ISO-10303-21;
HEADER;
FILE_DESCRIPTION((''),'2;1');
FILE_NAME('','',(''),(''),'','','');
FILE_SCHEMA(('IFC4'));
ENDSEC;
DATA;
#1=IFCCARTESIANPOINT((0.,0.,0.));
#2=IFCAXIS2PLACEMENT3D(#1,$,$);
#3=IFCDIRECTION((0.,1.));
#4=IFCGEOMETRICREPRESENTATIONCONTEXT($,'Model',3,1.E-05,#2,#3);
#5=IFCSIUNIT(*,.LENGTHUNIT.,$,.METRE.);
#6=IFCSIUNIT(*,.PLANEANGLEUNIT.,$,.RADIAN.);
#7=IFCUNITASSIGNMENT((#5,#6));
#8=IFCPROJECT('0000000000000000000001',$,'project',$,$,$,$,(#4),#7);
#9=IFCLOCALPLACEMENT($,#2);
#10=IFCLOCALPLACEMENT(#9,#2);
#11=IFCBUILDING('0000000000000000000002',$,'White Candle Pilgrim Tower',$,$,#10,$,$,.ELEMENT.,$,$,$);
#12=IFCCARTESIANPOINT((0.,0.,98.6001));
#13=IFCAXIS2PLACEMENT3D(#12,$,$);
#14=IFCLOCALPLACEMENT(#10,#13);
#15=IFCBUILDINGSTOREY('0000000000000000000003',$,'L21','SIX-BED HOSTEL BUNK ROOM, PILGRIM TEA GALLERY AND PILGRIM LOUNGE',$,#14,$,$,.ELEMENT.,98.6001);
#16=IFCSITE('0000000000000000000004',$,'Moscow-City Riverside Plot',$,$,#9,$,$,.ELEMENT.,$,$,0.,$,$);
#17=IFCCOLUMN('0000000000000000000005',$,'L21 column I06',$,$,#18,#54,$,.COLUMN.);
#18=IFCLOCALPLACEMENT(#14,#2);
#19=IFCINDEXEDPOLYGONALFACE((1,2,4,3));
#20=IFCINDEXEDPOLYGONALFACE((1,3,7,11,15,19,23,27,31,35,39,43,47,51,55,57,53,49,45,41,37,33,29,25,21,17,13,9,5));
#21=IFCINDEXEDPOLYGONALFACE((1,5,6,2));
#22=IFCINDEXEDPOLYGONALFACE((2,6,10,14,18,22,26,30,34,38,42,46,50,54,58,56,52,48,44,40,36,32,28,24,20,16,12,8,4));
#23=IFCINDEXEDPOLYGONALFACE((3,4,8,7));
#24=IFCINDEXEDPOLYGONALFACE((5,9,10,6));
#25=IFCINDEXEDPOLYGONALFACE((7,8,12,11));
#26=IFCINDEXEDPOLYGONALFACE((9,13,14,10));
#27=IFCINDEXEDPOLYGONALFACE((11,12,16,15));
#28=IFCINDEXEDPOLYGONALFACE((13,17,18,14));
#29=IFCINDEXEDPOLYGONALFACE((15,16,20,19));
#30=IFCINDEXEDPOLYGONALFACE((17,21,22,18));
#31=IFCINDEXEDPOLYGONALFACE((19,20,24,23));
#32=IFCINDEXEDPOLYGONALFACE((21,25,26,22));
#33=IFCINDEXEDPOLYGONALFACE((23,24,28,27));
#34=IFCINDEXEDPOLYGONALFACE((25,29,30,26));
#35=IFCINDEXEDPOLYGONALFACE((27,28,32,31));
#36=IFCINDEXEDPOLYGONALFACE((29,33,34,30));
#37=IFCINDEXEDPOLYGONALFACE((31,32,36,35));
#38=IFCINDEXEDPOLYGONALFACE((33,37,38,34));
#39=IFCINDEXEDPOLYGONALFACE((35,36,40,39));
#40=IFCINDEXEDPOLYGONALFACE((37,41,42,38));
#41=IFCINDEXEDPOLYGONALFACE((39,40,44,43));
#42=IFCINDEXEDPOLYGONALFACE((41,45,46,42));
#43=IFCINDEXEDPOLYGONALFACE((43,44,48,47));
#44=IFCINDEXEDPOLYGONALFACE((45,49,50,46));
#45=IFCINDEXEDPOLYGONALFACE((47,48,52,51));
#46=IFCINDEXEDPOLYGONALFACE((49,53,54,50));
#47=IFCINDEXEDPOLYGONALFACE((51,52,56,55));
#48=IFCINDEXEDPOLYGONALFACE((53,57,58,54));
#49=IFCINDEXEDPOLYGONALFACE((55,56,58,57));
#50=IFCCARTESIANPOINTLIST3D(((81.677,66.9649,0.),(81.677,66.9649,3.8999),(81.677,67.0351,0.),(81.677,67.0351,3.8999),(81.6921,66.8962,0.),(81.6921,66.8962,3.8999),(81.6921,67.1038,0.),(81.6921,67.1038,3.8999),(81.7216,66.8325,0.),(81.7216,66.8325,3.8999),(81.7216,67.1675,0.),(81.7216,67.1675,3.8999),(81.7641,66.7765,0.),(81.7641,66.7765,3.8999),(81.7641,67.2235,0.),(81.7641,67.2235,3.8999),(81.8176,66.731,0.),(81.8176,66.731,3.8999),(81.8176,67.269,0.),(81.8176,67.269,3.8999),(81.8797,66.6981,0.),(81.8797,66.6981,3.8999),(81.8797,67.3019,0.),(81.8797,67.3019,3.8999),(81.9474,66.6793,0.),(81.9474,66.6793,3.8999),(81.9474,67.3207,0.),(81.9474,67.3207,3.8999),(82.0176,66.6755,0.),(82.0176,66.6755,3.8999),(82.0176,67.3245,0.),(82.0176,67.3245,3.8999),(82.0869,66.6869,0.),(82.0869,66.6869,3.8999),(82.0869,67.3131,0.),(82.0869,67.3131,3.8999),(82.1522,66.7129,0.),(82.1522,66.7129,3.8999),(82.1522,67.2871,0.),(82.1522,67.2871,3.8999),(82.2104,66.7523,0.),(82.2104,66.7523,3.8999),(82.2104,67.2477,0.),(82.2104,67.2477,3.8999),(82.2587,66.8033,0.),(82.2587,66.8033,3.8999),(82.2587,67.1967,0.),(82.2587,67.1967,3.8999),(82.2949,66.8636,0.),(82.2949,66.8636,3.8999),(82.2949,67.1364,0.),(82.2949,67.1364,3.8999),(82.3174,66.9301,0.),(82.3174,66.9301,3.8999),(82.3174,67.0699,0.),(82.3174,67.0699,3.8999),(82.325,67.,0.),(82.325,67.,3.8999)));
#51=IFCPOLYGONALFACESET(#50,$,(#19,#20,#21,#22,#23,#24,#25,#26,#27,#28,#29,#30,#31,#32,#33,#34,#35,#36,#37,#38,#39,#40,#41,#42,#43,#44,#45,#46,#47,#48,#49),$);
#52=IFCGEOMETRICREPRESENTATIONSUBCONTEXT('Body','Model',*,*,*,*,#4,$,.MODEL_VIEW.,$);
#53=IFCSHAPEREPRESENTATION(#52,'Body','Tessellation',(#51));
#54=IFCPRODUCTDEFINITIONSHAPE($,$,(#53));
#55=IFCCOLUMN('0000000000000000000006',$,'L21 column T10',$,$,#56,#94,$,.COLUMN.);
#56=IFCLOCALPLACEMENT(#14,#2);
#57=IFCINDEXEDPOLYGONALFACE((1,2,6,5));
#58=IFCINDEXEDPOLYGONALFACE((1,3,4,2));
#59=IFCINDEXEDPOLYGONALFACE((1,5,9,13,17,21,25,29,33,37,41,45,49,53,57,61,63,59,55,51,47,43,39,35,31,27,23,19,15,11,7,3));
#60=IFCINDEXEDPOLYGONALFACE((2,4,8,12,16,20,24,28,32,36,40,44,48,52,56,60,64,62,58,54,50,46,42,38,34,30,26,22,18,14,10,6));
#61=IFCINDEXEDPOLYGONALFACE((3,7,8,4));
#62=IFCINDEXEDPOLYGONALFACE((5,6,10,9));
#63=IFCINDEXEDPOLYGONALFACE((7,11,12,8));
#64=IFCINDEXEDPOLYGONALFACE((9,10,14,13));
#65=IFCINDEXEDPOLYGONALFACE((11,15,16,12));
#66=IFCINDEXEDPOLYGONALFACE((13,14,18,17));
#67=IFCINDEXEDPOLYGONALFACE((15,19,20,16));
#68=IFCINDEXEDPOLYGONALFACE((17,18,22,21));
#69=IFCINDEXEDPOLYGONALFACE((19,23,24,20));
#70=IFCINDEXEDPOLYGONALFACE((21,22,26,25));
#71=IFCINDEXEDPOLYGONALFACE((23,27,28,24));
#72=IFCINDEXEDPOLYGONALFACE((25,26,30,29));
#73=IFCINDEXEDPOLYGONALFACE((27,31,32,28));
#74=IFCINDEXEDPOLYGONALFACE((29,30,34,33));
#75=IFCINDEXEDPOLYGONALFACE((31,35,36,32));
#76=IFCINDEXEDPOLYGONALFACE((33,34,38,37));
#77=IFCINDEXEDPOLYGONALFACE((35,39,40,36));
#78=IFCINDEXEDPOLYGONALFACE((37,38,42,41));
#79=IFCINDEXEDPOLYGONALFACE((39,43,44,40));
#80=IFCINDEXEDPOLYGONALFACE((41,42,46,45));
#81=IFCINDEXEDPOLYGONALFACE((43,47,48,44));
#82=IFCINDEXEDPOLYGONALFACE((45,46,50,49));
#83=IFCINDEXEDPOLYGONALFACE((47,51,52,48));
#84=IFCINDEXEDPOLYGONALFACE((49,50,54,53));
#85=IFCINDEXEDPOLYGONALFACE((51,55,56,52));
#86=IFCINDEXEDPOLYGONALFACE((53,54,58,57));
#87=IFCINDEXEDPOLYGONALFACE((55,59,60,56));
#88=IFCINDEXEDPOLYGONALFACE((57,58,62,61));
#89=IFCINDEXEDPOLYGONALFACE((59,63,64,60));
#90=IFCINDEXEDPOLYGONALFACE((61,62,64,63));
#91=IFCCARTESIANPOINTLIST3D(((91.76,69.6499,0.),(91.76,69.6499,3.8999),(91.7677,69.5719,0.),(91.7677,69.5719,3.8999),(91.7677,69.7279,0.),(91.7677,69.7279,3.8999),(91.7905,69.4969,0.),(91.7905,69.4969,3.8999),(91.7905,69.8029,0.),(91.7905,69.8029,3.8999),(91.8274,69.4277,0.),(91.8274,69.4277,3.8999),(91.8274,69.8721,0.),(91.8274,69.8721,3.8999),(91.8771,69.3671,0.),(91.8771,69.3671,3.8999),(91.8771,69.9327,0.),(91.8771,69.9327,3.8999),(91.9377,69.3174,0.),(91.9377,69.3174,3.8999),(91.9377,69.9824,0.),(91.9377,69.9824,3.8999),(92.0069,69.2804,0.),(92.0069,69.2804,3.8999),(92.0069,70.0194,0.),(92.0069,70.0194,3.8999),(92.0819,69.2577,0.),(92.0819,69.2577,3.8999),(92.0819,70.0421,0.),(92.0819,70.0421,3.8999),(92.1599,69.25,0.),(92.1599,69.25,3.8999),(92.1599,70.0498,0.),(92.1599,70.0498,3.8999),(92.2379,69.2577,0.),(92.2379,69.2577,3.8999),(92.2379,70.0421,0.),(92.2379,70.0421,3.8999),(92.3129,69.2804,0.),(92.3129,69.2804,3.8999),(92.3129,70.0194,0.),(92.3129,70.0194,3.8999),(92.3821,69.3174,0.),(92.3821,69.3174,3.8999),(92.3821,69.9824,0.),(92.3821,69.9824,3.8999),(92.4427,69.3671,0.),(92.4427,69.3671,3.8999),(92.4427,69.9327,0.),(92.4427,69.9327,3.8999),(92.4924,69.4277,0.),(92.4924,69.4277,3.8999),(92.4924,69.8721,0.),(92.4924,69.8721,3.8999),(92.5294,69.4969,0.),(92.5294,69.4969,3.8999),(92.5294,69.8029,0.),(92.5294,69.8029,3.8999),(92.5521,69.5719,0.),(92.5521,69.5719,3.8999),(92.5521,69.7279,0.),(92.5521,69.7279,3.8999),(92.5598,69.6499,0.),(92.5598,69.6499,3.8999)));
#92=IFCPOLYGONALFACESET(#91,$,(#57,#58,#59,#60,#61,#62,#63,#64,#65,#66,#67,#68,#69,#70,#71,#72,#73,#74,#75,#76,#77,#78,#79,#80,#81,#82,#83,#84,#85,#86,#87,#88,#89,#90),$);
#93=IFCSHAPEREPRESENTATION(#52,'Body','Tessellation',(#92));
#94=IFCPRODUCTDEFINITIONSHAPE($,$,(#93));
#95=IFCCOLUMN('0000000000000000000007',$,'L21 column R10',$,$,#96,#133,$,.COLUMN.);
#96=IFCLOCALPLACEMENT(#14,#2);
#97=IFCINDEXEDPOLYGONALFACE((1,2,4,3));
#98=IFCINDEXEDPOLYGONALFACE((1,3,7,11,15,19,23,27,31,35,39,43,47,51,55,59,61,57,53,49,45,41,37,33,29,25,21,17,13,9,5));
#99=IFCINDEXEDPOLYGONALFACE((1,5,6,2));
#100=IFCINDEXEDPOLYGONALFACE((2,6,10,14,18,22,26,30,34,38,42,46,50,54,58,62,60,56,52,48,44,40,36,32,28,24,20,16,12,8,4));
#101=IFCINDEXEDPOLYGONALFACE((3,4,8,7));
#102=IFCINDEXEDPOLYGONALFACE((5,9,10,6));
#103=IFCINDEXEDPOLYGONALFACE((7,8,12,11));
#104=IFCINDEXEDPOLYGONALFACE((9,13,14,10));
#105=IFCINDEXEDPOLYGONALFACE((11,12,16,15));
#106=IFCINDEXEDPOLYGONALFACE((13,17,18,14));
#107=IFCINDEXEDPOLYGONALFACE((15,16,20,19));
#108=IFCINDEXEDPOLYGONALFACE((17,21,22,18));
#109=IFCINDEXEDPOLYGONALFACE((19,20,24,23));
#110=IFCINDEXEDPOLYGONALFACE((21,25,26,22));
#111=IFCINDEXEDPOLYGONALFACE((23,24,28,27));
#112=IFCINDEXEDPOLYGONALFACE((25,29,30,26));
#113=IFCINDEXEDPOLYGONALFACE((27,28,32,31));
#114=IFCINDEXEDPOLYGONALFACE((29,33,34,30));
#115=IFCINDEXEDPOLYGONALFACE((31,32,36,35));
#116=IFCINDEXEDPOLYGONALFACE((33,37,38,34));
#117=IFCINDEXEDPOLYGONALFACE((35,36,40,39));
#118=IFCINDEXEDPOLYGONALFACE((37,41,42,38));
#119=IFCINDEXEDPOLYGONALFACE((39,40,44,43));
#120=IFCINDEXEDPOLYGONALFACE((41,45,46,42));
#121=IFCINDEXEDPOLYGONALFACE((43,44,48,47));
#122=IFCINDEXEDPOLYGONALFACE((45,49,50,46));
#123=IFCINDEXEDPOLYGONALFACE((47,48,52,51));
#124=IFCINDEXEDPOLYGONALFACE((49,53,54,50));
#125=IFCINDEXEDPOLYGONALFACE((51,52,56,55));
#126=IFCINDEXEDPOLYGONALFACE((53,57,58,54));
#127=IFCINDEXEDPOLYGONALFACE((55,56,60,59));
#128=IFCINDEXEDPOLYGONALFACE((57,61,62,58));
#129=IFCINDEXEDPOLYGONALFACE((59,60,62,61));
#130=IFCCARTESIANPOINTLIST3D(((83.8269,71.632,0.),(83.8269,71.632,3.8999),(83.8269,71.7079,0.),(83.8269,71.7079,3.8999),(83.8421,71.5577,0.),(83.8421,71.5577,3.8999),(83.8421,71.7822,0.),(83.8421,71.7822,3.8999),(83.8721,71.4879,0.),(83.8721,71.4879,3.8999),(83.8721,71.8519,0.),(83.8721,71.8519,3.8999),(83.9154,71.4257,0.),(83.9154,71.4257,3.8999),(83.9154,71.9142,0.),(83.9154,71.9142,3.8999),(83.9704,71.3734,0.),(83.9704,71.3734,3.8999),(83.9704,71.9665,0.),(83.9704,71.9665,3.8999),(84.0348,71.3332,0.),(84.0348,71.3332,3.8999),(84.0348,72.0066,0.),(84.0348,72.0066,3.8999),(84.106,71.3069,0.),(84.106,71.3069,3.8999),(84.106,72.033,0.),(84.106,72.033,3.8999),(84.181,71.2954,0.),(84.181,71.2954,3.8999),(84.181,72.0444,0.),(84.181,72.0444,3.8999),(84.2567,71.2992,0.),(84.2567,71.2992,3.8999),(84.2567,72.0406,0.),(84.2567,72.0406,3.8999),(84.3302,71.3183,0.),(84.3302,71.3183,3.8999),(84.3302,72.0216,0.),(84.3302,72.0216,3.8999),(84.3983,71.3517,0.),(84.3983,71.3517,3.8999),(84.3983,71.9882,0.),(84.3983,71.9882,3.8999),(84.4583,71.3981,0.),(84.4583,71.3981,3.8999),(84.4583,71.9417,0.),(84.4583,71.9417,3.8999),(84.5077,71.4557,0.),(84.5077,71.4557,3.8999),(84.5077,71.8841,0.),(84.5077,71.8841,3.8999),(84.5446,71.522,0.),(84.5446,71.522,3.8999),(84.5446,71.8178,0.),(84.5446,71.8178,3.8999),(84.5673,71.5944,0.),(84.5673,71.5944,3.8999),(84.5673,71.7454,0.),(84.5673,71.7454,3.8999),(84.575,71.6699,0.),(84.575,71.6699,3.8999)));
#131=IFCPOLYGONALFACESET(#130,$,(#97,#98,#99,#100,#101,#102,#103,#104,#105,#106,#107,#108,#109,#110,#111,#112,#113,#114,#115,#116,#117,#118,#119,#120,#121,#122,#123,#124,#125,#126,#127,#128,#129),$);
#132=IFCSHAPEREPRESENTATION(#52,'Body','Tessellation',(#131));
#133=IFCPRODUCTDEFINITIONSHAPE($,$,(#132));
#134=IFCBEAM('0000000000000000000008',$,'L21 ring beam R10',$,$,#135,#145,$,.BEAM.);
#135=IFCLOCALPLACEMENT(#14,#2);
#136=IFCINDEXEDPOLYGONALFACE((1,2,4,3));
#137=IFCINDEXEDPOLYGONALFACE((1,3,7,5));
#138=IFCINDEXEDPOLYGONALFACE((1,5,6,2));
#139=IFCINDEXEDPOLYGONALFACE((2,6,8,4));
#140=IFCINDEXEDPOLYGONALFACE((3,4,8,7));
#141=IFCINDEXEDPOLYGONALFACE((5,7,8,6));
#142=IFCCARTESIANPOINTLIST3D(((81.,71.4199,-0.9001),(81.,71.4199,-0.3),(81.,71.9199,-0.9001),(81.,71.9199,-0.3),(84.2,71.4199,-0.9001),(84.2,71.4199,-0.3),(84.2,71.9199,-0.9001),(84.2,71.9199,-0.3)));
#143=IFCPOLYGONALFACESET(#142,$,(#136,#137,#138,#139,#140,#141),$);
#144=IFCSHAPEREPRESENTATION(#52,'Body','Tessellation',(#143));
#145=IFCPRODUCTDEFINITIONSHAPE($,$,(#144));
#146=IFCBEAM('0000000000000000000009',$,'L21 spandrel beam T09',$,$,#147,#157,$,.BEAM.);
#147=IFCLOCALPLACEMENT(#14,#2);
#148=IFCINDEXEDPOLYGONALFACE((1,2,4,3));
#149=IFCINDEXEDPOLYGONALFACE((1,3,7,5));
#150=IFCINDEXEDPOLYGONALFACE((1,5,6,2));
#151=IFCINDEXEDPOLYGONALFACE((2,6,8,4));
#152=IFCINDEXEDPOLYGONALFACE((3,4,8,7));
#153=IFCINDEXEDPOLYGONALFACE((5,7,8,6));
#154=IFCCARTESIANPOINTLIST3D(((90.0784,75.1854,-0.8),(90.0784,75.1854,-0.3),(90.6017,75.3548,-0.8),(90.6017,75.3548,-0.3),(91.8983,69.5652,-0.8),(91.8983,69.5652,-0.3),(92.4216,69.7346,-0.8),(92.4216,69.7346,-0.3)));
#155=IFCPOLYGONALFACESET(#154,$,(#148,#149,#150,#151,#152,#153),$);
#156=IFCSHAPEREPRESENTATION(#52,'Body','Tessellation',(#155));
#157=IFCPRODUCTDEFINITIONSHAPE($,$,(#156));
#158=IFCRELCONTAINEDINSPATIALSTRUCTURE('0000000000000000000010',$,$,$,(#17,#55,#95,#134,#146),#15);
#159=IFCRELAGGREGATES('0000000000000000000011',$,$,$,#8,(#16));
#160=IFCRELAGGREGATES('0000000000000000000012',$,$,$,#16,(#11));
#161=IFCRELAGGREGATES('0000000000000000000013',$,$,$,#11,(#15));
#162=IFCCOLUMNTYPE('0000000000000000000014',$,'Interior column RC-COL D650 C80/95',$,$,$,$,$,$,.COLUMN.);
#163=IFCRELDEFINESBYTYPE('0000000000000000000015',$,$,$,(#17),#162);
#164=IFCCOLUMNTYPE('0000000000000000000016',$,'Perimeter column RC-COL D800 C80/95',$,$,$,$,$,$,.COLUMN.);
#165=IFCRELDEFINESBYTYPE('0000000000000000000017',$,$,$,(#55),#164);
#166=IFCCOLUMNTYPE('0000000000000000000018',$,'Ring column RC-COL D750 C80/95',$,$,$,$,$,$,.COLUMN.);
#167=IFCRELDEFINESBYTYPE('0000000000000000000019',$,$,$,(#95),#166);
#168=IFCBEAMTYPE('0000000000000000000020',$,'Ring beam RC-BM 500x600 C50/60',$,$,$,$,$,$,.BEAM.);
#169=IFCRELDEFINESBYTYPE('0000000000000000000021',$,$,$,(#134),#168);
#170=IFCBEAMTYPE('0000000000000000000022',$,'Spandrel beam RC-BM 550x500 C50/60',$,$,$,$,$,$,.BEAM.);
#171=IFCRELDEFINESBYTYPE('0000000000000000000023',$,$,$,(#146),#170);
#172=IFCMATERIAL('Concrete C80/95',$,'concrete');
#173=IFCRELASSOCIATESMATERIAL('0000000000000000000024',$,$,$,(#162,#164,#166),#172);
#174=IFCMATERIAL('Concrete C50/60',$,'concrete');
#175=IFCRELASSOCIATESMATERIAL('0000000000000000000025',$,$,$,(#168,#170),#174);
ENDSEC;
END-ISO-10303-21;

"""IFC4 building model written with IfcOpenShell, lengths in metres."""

from ifc_helpers import new_model, si_unit, direction, frame, origin, origin_2d, place, context, subcontext, project, spatial, rectangle, circle, extrude, material, material_profile, profile_set, type_object, element, save


model = new_model("IFC4")

# Units and contexts
model_context = context("Model", 3, precision=1e-05, world=origin(), true_north=direction((0.0, 1.0)))
body_context = subcontext(model_context, "Body", "Model", "MODEL_VIEW")
ifc_project = project(units=[si_unit("LENGTHUNIT", "METRE"), si_unit("PLANEANGLEUNIT", "RADIAN")], contexts=[model_context])

# Site, building, storey
site_placement = place(None, origin())
site = spatial("IfcSite", under=ifc_project, at=site_placement, Name="Moscow-City Riverside Plot", CompositionType="ELEMENT", RefElevation=0.0)
building_placement = place(site_placement, origin())
building = spatial("IfcBuilding", under=site, at=building_placement, Name="White Candle Pilgrim Tower", CompositionType="ELEMENT")
storey_placement = place(building_placement, frame((0.0, 0.0, 98.6001)))
storey = spatial("IfcBuildingStorey", under=building, at=storey_placement, Name="L21", Description="SIX-BED HOSTEL BUNK ROOM, PILGRIM TEA GALLERY AND PILGRIM LOUNGE", CompositionType="ELEMENT", Elevation=98.6001)

# Columns
ifc_material_1 = material(Name="Concrete C80/95", Category="concrete")
ifc_material_profile_1 = material_profile(ifc_material_1, circle(Radius=0.325, at=origin_2d()), Name="RC-COL D650")
ifc_profile_set_1 = profile_set([ifc_material_profile_1], Name="Concrete C80/95")
column_type_1 = type_object("IfcColumnType", Name="Interior column RC-COL D650 C80/95", PredefinedType="COLUMN", material=ifc_profile_set_1)
column_1_placement = place(storey_placement, frame((82.0, 67.0, 0.0), z_axis=(0.0, 0.0, 1.0), x_axis=(1.0, 0.0, 0.0)))
element("IfcColumn", 1, at=column_1_placement, inside=storey, type_object=column_type_1, Name="L21 column I06", PredefinedType="COLUMN", context=body_context, shape_type="SweptSolid", body=[
    extrude(circle(Radius=0.325, at=origin_2d()), origin(), (0.0, 0.0, 1.0), 3.8999),
])
ifc_material_profile_2 = material_profile(ifc_material_1, circle(Radius=0.3999, at=origin_2d()), Name="RC-COL D800")
ifc_profile_set_2 = profile_set([ifc_material_profile_2], Name="Concrete C80/95")
column_type_2 = type_object("IfcColumnType", Name="Perimeter column RC-COL D800 C80/95", PredefinedType="COLUMN", material=ifc_profile_set_2)
column_2_placement = place(storey_placement, frame((92.1599, 69.6499, 0.0), z_axis=(0.0, 0.0, 1.0), x_axis=(1.0, 0.0, 0.0)))
element("IfcColumn", 2, at=column_2_placement, inside=storey, type_object=column_type_2, Name="L21 column T10", PredefinedType="COLUMN", context=body_context, shape_type="SweptSolid", body=[
    extrude(circle(Radius=0.3999, at=origin_2d()), origin(), (0.0, 0.0, 1.0), 3.8999),
])
ifc_material_profile_3 = material_profile(ifc_material_1, circle(Radius=0.375, at=origin_2d()), Name="RC-COL D750")
ifc_profile_set_3 = profile_set([ifc_material_profile_3], Name="Concrete C80/95")
column_type_3 = type_object("IfcColumnType", Name="Ring column RC-COL D750 C80/95", PredefinedType="COLUMN", material=ifc_profile_set_3)
column_3_placement = place(storey_placement, frame((84.2, 71.6699, 0.0), z_axis=(0.0, 0.0, 1.0), x_axis=(1.0, 0.0, 0.0)))
element("IfcColumn", 3, at=column_3_placement, inside=storey, type_object=column_type_3, Name="L21 column R10", PredefinedType="COLUMN", context=body_context, shape_type="SweptSolid", body=[
    extrude(circle(Radius=0.375, at=origin_2d()), origin(), (0.0, 0.0, 1.0), 3.8999),
])

# Beams
ifc_material_2 = material(Name="Concrete C50/60", Category="concrete")
ifc_material_profile_4 = material_profile(ifc_material_2, rectangle(XDim=0.5, YDim=0.6001, at=origin_2d()), Name="RC-BM 500x600")
ifc_profile_set_4 = profile_set([ifc_material_profile_4], Name="Concrete C50/60")
beam_type_1 = type_object("IfcBeamType", Name="Ring beam RC-BM 500x600 C50/60", PredefinedType="BEAM", material=ifc_profile_set_4)
beam_1_placement = place(storey_placement, frame((84.2, 71.6699, -0.6001), z_axis=(-1.0, 0.0, 0.0), x_axis=(0.0, -1.0, 0.0)))
element("IfcBeam", 4, at=beam_1_placement, inside=storey, type_object=beam_type_1, Name="L21 ring beam R10", PredefinedType="BEAM", context=body_context, shape_type="SweptSolid", body=[
    extrude(rectangle(XDim=0.5, YDim=0.6001, at=origin_2d()), origin(), (0.0, 0.0, 1.0), 3.2),
])
ifc_material_profile_5 = material_profile(ifc_material_2, rectangle(XDim=0.55, YDim=0.5, at=origin_2d()), Name="RC-BM 550x500")
ifc_profile_set_5 = profile_set([ifc_material_profile_5], Name="Concrete C50/60")
beam_type_2 = type_object("IfcBeamType", Name="Spandrel beam RC-BM 550x500 C50/60", PredefinedType="BEAM", material=ifc_profile_set_5)
beam_2_placement = place(storey_placement, frame((92.1599, 69.6499, -0.55), z_axis=(-0.308058, 0.951368, 0.0), x_axis=(-0.951368, -0.308058, 0.0)))
element("IfcBeam", 5, at=beam_2_placement, inside=storey, type_object=beam_type_2, Name="L21 spandrel beam T09", PredefinedType="BEAM", context=body_context, shape_type="SweptSolid", body=[
    extrude(rectangle(XDim=0.55, YDim=0.5, at=origin_2d()), origin(), (0.0, 0.0, 1.0), 5.9075),
])

save(model, "model.ifc")
